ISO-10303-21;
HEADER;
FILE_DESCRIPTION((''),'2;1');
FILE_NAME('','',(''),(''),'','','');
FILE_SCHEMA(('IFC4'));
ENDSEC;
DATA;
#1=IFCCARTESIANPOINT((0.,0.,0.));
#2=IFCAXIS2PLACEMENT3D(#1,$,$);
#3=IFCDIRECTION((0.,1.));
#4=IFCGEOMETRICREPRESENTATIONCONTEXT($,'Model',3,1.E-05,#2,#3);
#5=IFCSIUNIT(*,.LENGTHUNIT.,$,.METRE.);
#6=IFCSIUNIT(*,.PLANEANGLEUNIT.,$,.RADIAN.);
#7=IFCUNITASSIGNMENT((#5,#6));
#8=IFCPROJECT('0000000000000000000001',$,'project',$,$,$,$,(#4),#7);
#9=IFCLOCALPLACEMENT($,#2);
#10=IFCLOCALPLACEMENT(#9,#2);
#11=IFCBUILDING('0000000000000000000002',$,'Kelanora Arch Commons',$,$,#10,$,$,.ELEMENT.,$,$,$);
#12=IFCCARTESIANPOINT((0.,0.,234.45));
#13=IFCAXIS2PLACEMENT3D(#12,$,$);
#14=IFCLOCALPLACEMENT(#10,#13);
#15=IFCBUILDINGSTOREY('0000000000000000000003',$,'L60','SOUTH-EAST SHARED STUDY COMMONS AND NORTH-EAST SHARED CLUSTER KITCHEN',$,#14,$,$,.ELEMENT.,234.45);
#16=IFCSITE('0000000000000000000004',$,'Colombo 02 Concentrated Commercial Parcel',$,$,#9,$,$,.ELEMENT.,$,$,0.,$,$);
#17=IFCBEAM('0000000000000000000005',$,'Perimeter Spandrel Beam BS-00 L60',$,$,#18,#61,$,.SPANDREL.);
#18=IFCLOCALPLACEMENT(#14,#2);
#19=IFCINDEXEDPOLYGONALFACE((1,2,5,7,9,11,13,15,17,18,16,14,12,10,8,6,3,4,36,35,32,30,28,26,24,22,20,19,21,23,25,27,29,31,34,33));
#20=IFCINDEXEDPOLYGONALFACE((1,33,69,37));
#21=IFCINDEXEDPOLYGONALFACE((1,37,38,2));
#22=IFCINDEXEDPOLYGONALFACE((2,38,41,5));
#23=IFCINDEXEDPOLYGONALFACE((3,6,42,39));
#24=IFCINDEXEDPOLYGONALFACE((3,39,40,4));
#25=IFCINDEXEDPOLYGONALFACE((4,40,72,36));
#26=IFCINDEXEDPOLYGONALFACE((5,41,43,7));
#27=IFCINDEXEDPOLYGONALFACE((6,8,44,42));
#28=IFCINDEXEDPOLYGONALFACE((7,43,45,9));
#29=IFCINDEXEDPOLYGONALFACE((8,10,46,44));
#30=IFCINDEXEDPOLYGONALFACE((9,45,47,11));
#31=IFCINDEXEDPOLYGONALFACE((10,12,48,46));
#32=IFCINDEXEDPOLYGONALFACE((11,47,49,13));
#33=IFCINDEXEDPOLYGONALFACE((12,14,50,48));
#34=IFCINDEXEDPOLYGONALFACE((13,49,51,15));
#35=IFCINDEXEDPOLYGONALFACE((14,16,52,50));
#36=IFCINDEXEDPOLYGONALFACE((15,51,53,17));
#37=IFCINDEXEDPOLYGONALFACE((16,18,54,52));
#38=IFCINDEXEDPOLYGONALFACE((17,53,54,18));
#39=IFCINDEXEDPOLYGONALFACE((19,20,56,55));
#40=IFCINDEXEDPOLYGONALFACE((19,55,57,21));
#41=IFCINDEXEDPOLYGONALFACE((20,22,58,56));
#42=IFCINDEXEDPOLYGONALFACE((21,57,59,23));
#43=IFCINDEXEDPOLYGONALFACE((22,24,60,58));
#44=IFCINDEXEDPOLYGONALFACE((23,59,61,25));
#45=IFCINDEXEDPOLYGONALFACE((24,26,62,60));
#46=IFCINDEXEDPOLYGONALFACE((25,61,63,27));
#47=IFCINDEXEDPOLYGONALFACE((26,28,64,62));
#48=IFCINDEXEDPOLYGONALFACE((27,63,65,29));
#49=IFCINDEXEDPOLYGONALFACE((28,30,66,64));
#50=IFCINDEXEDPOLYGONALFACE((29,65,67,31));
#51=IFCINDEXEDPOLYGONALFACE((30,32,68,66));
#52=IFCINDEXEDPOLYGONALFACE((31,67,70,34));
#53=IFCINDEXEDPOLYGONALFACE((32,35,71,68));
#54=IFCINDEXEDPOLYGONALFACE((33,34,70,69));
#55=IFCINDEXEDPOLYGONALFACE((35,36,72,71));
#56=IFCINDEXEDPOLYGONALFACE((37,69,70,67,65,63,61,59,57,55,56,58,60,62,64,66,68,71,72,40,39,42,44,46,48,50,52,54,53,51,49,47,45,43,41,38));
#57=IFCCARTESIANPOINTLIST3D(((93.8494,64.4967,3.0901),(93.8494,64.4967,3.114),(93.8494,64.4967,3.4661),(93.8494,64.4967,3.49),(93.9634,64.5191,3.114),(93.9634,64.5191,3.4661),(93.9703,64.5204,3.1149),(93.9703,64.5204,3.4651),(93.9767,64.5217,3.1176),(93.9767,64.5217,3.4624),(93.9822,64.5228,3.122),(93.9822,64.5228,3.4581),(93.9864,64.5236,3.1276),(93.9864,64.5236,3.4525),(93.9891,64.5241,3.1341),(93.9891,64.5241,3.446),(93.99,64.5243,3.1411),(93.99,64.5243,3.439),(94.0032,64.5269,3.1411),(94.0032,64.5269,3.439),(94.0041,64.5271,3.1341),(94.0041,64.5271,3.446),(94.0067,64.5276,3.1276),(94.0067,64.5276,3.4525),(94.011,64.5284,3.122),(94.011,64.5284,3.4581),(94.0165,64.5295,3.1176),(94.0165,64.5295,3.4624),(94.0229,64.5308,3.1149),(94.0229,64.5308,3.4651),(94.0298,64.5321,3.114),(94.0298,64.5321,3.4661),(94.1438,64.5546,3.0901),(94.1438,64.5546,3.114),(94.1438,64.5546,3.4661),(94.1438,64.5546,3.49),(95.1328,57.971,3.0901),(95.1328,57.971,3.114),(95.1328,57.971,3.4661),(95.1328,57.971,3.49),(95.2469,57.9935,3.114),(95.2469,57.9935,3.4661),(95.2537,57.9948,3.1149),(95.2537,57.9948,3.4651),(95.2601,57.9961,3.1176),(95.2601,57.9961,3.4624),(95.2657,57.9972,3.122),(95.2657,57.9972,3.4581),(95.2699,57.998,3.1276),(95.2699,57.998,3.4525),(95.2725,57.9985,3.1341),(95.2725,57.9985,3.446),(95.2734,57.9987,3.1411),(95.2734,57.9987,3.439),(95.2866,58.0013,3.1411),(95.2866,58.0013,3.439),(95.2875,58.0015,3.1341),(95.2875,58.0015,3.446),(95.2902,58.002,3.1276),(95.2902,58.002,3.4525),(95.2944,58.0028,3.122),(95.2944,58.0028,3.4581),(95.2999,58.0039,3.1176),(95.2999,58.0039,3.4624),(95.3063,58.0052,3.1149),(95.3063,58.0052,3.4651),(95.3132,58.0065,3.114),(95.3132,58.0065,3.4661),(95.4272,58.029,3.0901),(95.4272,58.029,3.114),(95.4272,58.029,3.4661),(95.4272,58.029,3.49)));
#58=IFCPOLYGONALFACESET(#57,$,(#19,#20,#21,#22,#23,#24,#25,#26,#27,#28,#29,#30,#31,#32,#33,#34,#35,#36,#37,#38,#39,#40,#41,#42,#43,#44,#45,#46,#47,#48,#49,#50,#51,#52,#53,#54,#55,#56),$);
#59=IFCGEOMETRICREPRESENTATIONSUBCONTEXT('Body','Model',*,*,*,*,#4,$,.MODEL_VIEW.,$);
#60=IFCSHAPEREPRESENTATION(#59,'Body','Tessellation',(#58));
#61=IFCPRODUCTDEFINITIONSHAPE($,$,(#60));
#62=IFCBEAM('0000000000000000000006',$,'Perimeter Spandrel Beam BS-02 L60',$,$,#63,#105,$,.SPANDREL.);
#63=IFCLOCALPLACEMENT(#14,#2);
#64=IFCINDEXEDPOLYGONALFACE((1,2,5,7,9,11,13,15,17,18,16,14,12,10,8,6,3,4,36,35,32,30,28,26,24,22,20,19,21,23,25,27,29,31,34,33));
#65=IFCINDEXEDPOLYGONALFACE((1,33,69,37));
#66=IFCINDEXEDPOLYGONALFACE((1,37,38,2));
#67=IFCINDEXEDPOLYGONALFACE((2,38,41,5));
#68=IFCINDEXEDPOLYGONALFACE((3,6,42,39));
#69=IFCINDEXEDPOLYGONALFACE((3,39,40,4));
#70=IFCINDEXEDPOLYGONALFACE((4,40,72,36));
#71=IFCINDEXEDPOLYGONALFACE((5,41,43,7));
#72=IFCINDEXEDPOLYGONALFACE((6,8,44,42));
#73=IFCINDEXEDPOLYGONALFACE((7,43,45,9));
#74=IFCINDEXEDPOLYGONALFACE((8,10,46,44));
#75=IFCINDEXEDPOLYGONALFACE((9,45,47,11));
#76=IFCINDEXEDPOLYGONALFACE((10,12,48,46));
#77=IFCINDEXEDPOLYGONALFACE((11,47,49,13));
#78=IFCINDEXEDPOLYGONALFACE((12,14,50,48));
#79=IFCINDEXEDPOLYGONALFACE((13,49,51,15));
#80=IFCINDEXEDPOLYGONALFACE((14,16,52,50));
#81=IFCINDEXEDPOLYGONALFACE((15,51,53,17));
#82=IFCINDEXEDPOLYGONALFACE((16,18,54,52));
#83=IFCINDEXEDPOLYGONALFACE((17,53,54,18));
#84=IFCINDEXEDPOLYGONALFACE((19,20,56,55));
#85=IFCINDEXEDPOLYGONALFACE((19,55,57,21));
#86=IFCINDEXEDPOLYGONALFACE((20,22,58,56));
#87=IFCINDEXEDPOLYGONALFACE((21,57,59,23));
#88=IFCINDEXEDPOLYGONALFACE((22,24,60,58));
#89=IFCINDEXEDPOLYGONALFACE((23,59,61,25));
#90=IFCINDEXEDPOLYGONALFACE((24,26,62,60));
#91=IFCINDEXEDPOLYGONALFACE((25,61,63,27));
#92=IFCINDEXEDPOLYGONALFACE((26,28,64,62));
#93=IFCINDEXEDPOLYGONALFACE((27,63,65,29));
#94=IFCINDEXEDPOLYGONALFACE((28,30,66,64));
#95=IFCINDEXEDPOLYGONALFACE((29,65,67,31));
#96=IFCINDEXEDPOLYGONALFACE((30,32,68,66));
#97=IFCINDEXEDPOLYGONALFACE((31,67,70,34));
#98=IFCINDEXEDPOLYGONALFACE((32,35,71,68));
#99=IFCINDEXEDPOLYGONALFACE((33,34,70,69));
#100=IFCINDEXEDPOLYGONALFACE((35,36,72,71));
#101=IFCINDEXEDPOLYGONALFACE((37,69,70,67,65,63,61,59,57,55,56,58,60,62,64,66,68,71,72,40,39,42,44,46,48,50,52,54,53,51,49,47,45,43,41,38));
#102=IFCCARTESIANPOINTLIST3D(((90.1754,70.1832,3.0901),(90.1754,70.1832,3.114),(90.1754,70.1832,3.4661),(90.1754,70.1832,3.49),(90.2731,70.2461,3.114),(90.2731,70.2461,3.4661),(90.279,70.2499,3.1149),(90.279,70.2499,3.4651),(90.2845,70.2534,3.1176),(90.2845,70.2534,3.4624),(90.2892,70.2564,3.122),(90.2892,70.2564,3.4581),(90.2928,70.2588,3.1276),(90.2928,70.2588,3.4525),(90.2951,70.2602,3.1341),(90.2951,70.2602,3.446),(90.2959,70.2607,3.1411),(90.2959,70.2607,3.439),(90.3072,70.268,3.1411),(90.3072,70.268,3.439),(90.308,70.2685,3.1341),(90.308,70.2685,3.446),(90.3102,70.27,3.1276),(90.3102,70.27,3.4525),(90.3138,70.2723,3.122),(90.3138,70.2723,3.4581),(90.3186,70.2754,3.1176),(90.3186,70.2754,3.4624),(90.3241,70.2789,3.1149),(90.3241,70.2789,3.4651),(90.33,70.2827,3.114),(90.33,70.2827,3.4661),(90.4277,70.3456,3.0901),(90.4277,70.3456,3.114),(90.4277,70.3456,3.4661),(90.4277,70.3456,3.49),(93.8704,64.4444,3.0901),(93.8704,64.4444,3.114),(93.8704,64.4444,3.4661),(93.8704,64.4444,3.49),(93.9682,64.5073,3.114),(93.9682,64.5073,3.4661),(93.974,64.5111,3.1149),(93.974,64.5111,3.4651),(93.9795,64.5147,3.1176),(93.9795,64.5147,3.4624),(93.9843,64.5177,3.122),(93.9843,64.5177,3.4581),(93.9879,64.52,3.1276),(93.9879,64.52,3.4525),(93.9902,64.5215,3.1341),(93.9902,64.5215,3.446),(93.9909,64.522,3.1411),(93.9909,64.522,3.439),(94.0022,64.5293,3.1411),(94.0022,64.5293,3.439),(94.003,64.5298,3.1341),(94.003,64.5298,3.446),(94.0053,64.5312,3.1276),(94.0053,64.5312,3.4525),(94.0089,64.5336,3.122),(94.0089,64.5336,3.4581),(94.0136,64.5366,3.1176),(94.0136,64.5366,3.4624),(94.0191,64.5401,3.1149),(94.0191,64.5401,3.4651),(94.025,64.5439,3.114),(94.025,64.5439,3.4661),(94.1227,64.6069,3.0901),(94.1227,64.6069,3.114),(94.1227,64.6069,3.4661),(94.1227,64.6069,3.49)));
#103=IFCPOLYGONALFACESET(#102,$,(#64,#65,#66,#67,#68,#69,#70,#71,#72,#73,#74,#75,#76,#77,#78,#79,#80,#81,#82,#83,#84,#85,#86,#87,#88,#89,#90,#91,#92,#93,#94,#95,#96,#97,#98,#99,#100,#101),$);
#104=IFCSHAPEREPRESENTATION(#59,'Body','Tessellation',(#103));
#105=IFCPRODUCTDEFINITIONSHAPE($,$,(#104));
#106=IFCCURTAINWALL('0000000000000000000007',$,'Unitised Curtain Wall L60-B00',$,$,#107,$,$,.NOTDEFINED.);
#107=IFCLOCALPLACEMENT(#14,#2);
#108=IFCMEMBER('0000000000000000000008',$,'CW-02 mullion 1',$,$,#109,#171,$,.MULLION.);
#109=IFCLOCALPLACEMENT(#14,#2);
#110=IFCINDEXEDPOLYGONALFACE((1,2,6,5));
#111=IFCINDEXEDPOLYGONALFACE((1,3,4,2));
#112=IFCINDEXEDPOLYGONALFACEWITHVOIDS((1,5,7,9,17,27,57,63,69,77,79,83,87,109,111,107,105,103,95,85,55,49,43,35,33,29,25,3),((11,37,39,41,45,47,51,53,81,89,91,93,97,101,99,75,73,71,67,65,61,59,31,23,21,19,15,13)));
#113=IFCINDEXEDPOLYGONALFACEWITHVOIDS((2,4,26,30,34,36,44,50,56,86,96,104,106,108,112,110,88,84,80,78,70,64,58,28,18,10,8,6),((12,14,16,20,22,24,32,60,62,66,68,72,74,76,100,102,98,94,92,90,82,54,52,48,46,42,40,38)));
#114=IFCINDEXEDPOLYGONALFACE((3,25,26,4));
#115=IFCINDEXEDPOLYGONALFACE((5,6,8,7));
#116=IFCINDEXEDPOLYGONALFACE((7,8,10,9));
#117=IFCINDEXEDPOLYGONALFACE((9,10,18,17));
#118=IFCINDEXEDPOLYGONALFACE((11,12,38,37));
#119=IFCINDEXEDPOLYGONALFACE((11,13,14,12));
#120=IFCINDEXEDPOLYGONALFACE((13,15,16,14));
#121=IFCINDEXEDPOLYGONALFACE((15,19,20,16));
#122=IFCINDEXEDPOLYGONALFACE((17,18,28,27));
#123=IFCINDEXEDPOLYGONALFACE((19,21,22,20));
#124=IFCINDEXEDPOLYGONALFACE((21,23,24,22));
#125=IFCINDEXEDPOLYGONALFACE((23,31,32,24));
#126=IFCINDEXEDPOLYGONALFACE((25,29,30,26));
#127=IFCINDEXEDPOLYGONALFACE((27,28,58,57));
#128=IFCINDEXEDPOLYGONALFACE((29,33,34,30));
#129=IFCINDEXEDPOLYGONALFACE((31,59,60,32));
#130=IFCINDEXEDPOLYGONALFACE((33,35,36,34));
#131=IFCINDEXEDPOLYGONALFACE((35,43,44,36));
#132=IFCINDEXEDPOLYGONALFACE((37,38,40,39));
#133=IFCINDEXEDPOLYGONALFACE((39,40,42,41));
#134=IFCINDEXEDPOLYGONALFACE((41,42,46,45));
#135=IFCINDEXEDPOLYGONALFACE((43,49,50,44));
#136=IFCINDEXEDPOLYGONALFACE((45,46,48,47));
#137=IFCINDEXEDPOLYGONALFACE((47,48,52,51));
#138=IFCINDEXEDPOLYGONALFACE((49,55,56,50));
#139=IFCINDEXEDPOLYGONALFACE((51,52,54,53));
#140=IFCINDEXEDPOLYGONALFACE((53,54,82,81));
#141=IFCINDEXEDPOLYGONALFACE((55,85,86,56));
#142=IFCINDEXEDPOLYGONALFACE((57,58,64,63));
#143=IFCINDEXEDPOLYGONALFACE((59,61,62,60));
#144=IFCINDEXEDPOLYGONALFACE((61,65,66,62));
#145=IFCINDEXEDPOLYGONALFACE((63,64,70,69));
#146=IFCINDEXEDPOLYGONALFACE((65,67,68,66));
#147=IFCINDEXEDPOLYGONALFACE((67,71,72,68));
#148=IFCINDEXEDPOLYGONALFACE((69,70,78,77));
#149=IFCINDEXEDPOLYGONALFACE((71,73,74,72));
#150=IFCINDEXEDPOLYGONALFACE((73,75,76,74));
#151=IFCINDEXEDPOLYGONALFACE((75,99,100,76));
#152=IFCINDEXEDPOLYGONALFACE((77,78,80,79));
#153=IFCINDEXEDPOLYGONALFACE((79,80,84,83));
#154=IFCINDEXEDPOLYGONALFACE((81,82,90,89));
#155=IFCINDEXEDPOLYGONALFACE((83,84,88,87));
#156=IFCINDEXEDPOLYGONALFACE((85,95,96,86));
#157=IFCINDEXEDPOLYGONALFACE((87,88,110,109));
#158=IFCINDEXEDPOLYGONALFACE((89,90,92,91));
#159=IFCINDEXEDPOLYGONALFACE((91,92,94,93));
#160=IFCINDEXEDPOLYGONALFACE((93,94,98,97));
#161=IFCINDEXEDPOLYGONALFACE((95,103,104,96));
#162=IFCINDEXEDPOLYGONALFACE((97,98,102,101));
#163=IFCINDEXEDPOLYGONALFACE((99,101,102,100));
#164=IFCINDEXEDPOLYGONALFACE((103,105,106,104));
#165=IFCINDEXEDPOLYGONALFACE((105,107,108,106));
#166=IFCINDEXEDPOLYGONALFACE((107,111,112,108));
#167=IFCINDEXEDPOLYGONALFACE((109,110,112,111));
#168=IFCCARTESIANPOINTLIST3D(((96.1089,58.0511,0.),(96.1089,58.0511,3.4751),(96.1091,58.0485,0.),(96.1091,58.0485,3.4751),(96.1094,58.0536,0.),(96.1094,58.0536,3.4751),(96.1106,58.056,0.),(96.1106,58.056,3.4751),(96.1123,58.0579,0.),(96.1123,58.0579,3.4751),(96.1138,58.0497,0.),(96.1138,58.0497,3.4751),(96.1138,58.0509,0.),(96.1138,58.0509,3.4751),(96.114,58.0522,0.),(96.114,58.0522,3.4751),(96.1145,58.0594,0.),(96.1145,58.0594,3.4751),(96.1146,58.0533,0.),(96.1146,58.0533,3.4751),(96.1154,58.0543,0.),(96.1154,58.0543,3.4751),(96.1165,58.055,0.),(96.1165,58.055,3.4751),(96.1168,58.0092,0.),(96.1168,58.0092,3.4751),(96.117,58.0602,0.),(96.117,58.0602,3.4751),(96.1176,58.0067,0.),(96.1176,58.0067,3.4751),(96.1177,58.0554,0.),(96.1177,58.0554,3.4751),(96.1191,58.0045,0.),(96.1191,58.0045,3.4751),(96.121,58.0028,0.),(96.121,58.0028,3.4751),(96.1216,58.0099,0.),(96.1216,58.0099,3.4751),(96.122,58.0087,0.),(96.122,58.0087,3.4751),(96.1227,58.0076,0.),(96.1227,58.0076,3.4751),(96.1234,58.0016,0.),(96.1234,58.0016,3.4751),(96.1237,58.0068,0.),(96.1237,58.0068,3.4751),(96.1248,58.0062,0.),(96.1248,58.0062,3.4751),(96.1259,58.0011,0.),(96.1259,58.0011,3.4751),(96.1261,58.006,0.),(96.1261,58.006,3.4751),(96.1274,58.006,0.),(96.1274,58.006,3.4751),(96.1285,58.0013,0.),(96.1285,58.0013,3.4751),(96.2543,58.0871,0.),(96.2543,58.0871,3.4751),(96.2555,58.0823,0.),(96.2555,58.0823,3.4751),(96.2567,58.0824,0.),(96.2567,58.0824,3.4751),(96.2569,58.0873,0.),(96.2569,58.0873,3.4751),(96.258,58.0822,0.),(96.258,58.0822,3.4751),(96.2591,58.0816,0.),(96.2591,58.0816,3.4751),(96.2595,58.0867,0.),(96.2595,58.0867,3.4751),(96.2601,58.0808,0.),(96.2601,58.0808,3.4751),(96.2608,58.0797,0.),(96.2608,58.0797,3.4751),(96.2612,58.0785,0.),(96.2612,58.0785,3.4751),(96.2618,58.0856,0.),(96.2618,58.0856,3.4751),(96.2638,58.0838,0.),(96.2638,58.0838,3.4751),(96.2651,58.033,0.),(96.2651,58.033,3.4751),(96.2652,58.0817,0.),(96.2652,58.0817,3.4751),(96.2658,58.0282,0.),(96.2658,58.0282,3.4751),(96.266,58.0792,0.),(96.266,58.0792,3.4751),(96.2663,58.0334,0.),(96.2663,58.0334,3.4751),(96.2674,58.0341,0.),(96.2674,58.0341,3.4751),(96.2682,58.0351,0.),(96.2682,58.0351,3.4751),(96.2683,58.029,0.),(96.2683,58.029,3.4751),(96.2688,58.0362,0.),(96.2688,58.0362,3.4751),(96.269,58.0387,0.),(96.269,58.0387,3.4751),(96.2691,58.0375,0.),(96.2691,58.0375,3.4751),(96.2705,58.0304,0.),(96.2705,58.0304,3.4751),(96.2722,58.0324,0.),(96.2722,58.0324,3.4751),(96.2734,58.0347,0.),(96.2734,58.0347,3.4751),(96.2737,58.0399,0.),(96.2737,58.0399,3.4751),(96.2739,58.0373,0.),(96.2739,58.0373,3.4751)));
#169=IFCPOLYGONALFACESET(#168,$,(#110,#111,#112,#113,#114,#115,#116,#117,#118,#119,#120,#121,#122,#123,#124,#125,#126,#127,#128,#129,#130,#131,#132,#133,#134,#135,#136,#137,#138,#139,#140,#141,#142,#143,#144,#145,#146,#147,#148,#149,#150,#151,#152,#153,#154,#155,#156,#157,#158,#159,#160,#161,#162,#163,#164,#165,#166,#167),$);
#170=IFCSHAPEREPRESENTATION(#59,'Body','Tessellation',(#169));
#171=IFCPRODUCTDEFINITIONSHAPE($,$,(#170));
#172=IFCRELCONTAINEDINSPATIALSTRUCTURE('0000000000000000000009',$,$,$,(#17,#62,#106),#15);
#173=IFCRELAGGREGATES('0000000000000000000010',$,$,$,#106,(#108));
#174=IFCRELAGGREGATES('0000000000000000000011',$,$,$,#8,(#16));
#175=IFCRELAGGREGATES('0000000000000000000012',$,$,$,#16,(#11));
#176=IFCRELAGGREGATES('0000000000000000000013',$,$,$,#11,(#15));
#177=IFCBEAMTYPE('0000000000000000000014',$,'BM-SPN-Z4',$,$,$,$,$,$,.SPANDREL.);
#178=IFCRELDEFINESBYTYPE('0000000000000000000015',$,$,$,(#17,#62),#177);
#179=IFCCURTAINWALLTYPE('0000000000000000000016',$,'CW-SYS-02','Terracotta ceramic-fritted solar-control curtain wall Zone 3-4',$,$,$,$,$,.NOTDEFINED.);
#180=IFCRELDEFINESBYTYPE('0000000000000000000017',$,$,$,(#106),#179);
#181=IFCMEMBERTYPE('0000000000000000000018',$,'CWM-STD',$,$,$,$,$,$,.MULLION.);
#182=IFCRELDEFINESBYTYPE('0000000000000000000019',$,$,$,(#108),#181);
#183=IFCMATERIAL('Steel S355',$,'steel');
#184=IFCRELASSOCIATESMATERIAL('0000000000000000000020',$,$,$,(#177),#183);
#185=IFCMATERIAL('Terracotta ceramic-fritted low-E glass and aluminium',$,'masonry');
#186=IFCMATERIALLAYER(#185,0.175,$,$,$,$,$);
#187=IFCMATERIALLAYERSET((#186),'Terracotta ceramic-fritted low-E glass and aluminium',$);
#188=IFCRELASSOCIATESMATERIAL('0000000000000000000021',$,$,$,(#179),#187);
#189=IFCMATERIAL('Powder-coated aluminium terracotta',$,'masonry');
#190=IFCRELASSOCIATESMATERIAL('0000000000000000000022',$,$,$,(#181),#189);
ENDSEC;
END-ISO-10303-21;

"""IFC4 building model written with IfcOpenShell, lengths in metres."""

from ifc_helpers import new_model, si_unit, direction, frame, origin, origin_2d, place, context, subcontext, project, spatial, hollow_rectangle, i_section, extrude, material, layer, layer_set, material_profile, profile_set, type_object, element, aggregate, save


model = new_model("IFC4")

# Units and contexts
model_context = context("Model", 3, precision=1e-05, world=origin(), true_north=direction((0.0, 1.0)))
body_context = subcontext(model_context, "Body", "Model", "MODEL_VIEW")
ifc_project = project(units=[si_unit("LENGTHUNIT", "METRE"), si_unit("PLANEANGLEUNIT", "RADIAN")], contexts=[model_context])

# Site, building, storey
site_placement = place(None, origin())
site = spatial("IfcSite", under=ifc_project, at=site_placement, Name="Colombo 02 Concentrated Commercial Parcel", CompositionType="ELEMENT", RefElevation=0.0)
building_placement = place(site_placement, origin())
building = spatial("IfcBuilding", under=site, at=building_placement, Name="Kelanora Arch Commons", CompositionType="ELEMENT")
storey_placement = place(building_placement, frame((0.0, 0.0, 234.45)))
storey = spatial("IfcBuildingStorey", under=building, at=storey_placement, Name="L60", Description="SOUTH-EAST SHARED STUDY COMMONS AND NORTH-EAST SHARED CLUSTER KITCHEN", CompositionType="ELEMENT", Elevation=234.45)

# Beams
ifc_material_1 = material(Name="Steel S355", Category="steel")
ifc_material_profile_1 = material_profile(ifc_material_1, i_section(OverallWidth=0.3, OverallDepth=0.3999, WebThickness=0.0134, FlangeThickness=0.0239, FilletRadius=0.0271, at=origin_2d()), Name="HEB400")
ifc_profile_set_1 = profile_set([ifc_material_profile_1], Name="Steel S355")
beam_type_1 = type_object("IfcBeamType", Name="BM-SPN-Z4", PredefinedType="SPANDREL", material=ifc_profile_set_1)
beam_1_placement = place(storey_placement, frame((95.28, 58.0, 3.29), z_axis=(-0.192981, 0.981203, 0.0), x_axis=(-0.981203, -0.192981, 0.0)))
element("IfcBeam", 1, at=beam_1_placement, inside=storey, type_object=beam_type_1, Name="Perimeter Spandrel Beam BS-00 L60", PredefinedType="SPANDREL", context=body_context, shape_type="SweptSolid", body=[
    extrude(i_section(OverallWidth=0.3, OverallDepth=0.3999, WebThickness=0.0134, FlangeThickness=0.0239, FilletRadius=0.0271, at=origin_2d()), origin(), (0.0, 0.0, 1.0), 6.6506),
])
beam_2_placement = place(storey_placement, frame((93.9966, 64.5256, 3.29), z_axis=(-0.541365, 0.840788, 0.0), x_axis=(-0.840788, -0.541365, 0.0)))
element("IfcBeam", 2, at=beam_2_placement, inside=storey, type_object=beam_type_1, Name="Perimeter Spandrel Beam BS-02 L60", PredefinedType="SPANDREL", context=body_context, shape_type="SweptSolid", body=[
    extrude(i_section(OverallWidth=0.3, OverallDepth=0.3999, WebThickness=0.0134, FlangeThickness=0.0239, FilletRadius=0.0271, at=origin_2d()), origin(), (0.0, 0.0, 1.0), 6.8254),
])

# Curtain wall, member
ifc_material_2 = material(Name="Terracotta ceramic-fritted low-E glass and aluminium", Category="masonry")
ifc_layer_1 = layer(ifc_material_2, 0.175)
ifc_layer_set_1 = layer_set([ifc_layer_1], Name="Terracotta ceramic-fritted low-E glass and aluminium")
curtain_wall_type = type_object("IfcCurtainWallType", Name="CW-SYS-02", Description="Terracotta ceramic-fritted solar-control curtain wall Zone 3-4", PredefinedType="NOTDEFINED", material=ifc_layer_set_1)
curtain_wall_placement = place(storey_placement, origin())
curtain_wall = element("IfcCurtainWall", 3, at=curtain_wall_placement, inside=storey, type_object=curtain_wall_type, Name="Unitised Curtain Wall L60-B00", PredefinedType="NOTDEFINED")
ifc_material_3 = material(Name="Powder-coated aluminium terracotta", Category="masonry")
ifc_material_profile_2 = material_profile(ifc_material_3, hollow_rectangle(XDim=0.1599, YDim=0.0601, WallThickness=0.0049, InnerFilletRadius=0.0049, OuterFilletRadius=0.01, at=origin_2d()), Name="CWM160x60")
ifc_profile_set_2 = profile_set([ifc_material_profile_2], Name="Powder-coated aluminium terracotta")
member_type_1 = type_object("IfcMemberType", Name="CWM-STD", PredefinedType="MULLION", material=ifc_profile_set_2)
member_1_placement = place(storey_placement, frame((96.1914, 58.0442, 0.0), z_axis=(0.0, 0.0, 1.0), x_axis=(-0.981381, -0.192069, 0.0)))
member_1 = element("IfcMember", 4, at=member_1_placement, type_object=member_type_1, Name="CW-02 mullion 1", PredefinedType="MULLION", context=body_context, shape_type="SweptSolid", body=[
    extrude(hollow_rectangle(XDim=0.1599, YDim=0.0601, WallThickness=0.0049, InnerFilletRadius=0.0049, OuterFilletRadius=0.01, at=origin_2d()), origin(), (0.0, 0.0, 1.0), 3.4751),
])
aggregate(curtain_wall, [member_1])

save(model, "model.ifc")
